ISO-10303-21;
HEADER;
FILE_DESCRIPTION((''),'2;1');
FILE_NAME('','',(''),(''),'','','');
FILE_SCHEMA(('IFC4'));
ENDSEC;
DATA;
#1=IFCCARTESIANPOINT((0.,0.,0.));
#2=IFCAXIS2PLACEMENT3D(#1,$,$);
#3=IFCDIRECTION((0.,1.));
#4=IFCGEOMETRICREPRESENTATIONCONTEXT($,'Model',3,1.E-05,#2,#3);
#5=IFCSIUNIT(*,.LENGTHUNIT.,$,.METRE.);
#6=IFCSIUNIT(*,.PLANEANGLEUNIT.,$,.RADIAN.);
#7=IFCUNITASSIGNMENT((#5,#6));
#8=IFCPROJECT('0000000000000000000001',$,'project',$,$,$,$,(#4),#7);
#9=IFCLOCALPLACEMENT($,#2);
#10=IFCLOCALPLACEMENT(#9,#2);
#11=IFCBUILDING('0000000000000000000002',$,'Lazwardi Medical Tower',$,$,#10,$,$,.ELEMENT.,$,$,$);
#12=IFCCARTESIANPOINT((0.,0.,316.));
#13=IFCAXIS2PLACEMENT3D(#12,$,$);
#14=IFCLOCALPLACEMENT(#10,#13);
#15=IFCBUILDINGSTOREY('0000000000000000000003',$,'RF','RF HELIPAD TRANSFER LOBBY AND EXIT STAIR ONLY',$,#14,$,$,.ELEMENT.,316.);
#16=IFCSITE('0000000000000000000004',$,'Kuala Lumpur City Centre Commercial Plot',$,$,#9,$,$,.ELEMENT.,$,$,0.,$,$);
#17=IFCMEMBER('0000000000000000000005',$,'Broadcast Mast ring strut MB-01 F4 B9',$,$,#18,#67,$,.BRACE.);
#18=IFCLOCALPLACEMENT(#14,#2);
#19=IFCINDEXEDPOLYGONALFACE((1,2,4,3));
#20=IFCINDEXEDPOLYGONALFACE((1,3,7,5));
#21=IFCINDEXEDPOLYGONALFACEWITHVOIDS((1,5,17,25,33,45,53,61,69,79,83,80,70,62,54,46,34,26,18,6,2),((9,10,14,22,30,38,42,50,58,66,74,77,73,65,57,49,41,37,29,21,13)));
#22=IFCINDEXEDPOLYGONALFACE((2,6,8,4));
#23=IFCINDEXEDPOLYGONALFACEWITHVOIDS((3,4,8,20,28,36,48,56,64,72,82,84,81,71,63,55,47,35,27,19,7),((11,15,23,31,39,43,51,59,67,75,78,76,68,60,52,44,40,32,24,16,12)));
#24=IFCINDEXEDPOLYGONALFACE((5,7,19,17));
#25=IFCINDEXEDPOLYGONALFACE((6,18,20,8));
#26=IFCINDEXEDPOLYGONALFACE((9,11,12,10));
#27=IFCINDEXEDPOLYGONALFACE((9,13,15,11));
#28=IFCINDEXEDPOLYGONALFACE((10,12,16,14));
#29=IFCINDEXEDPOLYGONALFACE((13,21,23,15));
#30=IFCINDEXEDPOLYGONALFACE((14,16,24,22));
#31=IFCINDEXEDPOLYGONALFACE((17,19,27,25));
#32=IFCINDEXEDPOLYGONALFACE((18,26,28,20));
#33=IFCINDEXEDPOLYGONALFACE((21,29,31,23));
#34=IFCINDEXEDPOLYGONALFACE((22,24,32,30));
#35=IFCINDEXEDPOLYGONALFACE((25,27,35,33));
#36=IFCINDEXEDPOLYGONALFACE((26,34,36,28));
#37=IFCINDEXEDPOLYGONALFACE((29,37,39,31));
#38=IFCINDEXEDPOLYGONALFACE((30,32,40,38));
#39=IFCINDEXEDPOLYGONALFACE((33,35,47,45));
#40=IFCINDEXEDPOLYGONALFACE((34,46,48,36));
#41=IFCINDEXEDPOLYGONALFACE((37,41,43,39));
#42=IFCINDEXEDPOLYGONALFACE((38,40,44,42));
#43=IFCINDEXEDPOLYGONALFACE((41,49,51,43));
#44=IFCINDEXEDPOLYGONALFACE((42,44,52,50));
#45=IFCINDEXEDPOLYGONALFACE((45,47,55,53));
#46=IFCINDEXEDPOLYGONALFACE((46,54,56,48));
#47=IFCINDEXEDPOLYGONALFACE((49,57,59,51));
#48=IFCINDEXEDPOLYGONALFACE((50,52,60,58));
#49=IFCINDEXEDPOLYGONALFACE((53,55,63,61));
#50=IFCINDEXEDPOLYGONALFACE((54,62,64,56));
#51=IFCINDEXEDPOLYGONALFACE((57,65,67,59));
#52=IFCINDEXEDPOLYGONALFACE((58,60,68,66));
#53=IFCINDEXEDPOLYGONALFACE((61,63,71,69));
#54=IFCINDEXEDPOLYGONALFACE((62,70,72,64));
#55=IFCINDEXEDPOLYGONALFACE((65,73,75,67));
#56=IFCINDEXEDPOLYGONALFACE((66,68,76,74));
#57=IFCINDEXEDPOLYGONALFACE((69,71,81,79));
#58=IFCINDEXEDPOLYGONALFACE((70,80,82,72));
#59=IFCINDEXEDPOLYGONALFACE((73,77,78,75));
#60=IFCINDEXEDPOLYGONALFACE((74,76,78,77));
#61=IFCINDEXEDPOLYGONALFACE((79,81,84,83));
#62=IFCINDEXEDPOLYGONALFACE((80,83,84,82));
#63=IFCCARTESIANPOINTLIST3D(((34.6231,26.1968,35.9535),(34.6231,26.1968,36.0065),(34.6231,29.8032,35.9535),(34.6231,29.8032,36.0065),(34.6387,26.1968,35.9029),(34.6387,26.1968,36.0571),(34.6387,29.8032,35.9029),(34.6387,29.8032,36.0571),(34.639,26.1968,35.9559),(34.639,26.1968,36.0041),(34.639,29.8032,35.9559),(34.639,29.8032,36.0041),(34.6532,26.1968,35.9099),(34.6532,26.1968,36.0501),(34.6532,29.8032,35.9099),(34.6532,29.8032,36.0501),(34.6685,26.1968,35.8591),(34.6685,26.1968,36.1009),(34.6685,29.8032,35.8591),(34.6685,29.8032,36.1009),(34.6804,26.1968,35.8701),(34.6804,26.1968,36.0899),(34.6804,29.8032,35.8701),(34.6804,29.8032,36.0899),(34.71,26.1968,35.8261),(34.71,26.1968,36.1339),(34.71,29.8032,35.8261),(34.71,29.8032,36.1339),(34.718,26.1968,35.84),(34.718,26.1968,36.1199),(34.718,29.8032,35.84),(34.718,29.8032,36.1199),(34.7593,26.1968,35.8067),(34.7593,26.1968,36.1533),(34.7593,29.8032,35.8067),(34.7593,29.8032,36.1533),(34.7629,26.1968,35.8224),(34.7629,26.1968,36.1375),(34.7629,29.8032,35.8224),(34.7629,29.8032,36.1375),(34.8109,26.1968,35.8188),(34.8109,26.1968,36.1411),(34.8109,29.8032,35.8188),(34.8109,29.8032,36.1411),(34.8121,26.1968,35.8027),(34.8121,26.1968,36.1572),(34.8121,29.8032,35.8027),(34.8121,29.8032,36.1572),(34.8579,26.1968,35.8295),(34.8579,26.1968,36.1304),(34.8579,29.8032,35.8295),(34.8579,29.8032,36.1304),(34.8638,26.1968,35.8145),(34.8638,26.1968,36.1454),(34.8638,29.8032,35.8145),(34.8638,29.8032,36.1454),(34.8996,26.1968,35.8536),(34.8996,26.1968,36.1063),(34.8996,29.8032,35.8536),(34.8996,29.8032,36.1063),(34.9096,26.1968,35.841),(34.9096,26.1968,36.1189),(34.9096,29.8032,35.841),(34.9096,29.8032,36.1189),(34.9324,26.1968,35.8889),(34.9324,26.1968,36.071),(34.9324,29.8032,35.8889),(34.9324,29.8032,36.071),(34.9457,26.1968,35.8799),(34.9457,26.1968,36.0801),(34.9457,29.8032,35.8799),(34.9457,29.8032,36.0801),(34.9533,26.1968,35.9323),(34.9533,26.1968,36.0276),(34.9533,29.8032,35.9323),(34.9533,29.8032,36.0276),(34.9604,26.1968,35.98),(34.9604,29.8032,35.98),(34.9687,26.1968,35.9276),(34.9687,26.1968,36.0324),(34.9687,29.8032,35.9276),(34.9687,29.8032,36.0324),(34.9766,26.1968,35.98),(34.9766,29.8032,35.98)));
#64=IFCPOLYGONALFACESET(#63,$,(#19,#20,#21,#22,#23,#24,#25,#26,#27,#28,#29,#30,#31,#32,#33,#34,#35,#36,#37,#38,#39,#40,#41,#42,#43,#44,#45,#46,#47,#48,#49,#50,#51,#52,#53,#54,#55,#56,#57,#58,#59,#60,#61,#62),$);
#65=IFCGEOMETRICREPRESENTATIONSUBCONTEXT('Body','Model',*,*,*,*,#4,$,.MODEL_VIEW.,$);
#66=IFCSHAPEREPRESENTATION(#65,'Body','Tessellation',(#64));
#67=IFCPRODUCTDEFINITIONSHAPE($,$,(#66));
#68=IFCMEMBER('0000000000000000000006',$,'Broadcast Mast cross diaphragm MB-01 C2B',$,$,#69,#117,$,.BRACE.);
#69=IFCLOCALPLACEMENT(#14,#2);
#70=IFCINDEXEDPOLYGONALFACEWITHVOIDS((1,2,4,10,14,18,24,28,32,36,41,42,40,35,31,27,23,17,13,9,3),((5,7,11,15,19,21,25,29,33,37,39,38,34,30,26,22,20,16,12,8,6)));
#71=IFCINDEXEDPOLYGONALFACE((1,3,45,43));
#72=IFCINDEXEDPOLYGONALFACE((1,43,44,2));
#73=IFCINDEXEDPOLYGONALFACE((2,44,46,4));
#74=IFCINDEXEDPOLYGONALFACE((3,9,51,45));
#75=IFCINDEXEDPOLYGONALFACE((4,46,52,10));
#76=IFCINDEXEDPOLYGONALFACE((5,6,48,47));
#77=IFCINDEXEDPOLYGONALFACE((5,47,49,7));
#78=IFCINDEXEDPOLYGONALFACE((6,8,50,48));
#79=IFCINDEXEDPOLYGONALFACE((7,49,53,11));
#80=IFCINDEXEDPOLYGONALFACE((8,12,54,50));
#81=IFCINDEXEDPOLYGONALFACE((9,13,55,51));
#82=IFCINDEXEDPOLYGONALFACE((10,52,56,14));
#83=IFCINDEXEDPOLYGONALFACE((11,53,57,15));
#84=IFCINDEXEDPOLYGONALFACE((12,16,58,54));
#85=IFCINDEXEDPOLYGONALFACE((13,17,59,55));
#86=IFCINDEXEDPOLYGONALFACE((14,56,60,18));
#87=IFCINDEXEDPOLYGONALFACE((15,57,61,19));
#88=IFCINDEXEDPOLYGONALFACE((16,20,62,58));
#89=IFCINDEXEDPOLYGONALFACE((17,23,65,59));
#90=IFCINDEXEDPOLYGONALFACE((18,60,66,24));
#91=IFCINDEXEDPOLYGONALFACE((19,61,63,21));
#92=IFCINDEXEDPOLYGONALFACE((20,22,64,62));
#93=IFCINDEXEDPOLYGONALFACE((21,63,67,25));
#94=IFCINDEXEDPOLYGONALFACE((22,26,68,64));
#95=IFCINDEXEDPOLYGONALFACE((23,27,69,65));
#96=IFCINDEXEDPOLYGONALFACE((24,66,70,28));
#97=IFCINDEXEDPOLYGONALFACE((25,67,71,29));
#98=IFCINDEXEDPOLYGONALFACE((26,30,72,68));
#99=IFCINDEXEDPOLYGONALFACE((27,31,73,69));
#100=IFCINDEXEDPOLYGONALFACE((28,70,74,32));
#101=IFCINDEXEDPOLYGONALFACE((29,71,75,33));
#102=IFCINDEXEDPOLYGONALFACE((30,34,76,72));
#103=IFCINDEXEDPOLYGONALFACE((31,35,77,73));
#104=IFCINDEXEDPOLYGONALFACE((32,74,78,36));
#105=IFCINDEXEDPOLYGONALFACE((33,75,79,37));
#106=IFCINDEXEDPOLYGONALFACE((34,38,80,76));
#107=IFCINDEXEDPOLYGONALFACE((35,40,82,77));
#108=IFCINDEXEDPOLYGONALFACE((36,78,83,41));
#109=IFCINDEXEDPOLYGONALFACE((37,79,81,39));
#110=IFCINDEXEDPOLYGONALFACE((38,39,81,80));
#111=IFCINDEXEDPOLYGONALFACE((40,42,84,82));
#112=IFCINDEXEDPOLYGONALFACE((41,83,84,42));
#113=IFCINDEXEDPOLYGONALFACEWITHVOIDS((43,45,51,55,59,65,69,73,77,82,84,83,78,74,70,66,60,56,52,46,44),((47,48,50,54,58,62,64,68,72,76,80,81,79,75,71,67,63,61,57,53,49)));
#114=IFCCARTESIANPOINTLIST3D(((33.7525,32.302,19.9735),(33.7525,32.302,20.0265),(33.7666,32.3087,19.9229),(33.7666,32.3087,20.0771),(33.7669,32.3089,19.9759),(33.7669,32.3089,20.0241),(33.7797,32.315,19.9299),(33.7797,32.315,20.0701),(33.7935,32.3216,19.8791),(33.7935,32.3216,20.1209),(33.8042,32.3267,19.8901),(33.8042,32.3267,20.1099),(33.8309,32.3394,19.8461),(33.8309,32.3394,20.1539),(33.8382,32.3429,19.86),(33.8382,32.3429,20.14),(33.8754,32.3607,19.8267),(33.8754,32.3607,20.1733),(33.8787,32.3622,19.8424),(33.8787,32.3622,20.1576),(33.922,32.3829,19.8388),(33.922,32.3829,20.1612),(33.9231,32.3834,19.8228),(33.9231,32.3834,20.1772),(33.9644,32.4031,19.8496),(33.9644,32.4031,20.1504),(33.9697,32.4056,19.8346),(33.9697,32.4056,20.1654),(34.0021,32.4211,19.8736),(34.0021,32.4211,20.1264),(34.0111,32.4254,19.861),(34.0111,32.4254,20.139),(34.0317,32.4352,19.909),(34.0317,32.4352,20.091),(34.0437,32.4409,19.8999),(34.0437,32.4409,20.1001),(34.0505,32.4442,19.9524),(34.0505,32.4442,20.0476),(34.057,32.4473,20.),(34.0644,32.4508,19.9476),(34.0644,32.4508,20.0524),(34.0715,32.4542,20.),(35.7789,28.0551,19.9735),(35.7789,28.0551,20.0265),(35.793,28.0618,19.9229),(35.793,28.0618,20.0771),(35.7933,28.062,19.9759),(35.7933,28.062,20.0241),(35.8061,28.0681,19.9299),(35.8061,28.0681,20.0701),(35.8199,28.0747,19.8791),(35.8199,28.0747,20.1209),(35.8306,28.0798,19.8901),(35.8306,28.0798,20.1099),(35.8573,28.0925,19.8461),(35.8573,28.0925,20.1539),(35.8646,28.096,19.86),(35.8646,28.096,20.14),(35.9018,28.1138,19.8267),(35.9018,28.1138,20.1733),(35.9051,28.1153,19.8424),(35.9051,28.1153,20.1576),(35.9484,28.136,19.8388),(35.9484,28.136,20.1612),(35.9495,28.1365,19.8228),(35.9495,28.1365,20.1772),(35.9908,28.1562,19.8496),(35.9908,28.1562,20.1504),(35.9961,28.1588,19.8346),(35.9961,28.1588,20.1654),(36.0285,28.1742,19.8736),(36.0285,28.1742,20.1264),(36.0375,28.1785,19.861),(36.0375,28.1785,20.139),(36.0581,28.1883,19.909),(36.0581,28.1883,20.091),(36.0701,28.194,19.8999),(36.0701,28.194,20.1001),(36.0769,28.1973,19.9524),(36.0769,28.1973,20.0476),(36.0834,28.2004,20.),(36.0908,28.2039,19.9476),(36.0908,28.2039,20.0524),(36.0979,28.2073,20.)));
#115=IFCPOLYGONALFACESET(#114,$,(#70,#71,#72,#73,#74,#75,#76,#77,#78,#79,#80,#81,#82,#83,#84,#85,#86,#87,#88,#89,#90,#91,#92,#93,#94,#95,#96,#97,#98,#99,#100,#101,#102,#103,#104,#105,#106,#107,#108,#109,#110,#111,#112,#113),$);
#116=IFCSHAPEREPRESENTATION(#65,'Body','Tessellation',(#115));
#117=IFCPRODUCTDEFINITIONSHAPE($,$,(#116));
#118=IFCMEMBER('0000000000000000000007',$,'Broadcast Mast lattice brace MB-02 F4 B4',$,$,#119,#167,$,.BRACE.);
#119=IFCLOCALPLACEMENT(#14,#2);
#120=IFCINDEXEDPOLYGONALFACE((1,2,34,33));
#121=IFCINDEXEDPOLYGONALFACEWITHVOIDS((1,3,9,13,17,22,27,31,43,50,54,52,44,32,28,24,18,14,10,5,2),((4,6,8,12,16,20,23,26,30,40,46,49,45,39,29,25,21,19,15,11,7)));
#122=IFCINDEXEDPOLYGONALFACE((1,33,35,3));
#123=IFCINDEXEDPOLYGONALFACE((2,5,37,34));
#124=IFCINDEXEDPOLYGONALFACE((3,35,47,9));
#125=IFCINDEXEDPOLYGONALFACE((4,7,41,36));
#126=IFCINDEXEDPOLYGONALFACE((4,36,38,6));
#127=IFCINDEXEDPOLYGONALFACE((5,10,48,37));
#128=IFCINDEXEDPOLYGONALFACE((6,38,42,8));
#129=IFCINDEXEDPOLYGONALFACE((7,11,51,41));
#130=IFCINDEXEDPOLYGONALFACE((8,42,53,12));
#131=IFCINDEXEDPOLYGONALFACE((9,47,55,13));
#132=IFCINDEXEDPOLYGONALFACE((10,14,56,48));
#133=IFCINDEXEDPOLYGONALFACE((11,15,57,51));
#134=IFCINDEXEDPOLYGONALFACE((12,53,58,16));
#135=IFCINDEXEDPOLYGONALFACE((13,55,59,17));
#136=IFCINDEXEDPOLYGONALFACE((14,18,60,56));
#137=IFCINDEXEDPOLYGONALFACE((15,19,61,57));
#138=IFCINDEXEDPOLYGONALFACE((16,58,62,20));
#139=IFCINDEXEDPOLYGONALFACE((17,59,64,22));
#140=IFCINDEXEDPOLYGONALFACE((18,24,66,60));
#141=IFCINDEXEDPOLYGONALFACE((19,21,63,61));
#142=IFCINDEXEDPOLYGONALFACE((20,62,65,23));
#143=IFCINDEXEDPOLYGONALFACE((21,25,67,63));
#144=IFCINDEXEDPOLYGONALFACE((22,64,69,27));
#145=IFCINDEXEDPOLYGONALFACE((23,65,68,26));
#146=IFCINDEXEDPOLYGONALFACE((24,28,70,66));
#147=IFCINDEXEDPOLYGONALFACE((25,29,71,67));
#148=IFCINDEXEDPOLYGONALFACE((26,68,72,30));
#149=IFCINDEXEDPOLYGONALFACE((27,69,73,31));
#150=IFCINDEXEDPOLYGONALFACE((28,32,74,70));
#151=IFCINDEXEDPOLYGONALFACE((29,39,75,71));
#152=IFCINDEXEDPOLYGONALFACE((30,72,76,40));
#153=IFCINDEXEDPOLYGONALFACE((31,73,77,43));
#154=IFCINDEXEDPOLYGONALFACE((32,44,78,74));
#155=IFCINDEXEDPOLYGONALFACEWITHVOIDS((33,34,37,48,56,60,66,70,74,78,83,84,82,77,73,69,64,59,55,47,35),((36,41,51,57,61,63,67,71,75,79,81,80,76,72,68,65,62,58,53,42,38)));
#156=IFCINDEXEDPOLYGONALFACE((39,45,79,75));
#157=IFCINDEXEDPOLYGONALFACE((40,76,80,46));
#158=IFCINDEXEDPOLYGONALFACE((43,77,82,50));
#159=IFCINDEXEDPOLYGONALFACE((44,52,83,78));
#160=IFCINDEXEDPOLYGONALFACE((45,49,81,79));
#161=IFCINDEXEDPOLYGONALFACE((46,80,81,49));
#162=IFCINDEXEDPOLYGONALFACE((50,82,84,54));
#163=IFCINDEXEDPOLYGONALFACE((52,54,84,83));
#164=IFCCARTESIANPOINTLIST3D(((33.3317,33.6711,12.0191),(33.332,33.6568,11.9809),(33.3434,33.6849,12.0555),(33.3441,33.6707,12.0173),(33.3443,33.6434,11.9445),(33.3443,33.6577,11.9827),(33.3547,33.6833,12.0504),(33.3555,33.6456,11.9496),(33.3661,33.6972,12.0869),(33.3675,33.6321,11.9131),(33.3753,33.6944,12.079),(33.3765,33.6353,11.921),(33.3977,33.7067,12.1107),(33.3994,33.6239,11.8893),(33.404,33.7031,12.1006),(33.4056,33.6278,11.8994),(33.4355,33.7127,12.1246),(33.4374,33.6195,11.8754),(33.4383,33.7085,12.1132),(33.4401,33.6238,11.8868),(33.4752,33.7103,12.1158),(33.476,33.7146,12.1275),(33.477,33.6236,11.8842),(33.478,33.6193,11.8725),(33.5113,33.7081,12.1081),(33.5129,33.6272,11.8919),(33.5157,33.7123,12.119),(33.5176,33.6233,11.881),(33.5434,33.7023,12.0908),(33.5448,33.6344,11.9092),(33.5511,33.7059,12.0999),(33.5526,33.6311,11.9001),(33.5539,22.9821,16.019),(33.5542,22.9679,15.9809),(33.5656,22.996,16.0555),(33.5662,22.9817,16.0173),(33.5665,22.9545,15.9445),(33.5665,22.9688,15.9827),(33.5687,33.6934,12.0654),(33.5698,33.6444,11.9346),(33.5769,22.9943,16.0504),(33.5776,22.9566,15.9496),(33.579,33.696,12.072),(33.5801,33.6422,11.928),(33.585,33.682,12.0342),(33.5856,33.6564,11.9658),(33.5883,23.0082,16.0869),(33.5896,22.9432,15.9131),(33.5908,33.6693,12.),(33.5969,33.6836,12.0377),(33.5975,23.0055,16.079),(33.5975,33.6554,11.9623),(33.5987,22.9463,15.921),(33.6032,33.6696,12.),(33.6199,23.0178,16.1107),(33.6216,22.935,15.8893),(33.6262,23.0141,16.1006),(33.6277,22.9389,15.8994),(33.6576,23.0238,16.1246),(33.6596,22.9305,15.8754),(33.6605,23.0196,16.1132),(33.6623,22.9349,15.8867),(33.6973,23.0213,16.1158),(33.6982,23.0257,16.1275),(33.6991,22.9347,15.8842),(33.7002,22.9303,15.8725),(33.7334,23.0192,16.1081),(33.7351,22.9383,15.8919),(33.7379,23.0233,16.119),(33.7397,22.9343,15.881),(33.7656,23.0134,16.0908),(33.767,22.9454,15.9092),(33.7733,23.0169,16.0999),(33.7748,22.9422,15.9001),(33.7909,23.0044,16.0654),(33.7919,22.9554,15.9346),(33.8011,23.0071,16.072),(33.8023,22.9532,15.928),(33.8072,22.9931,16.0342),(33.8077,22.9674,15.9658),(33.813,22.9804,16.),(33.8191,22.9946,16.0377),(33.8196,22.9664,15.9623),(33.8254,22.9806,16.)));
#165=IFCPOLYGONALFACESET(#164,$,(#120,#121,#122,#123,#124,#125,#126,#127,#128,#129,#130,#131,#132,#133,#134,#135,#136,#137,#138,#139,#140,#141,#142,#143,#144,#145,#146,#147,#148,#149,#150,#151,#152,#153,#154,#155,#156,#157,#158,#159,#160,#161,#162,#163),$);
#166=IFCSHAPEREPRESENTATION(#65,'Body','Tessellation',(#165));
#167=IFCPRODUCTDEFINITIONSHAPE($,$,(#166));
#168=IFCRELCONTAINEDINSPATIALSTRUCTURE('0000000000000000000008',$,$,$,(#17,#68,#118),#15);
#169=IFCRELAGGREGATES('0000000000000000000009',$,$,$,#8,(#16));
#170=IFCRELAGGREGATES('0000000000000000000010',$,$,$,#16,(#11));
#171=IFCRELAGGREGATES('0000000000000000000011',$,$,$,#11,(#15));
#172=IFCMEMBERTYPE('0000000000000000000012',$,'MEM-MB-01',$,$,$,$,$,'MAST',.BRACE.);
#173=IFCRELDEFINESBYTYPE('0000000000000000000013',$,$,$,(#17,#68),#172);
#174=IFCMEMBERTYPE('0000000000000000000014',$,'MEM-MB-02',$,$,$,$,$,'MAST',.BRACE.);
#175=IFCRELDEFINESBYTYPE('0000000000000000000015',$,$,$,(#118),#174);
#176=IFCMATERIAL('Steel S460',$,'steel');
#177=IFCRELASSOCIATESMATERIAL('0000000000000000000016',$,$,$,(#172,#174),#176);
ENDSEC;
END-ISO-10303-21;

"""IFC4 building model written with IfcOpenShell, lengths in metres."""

from ifc_helpers import new_model, si_unit, direction, frame, origin, origin_2d, place, context, subcontext, project, spatial, hollow_circle, extrude, material, material_profile, profile_set, type_object, element, save


model = new_model("IFC4")

# Units and contexts
model_context = context("Model", 3, precision=1e-05, world=origin(), true_north=direction((0.0, 1.0)))
body_context = subcontext(model_context, "Body", "Model", "MODEL_VIEW")
ifc_project = project(units=[si_unit("LENGTHUNIT", "METRE"), si_unit("PLANEANGLEUNIT", "RADIAN")], contexts=[model_context])

# Site, building, storey
site_placement = place(None, origin())
site = spatial("IfcSite", under=ifc_project, at=site_placement, Name="Kuala Lumpur City Centre Commercial Plot", CompositionType="ELEMENT", RefElevation=0.0)
building_placement = place(site_placement, origin())
building = spatial("IfcBuilding", under=site, at=building_placement, Name="Lazwardi Medical Tower", CompositionType="ELEMENT")
storey_placement = place(building_placement, frame((0.0, 0.0, 316.0)))
storey = spatial("IfcBuildingStorey", under=building, at=storey_placement, Name="RF", Description="RF HELIPAD TRANSFER LOBBY AND EXIT STAIR ONLY", CompositionType="ELEMENT", Elevation=316.0)

# Members
ifc_material = material(Name="Steel S460", Category="steel")
ifc_material_profile_1 = material_profile(ifc_material, hollow_circle(Radius=0.1777, WallThickness=0.0161, at=origin_2d()), Name="CHS 355.6x16")
ifc_profile_set_1 = profile_set([ifc_material_profile_1], Name="Steel S460")
member_type_1 = type_object("IfcMemberType", Name="MEM-MB-01", ElementType="MAST", PredefinedType="BRACE", material=ifc_profile_set_1)
member_1_placement = place(storey_placement, frame((34.7988, 29.8032, 35.98), z_axis=(0.0, -1.0, 0.0), x_axis=(1.0, 0.0, 0.0)))
element("IfcMember", 1, at=member_1_placement, inside=storey, type_object=member_type_1, Name="Broadcast Mast ring strut MB-01 F4 B9", PredefinedType="BRACE", context=body_context, shape_type="SweptSolid", body=[
    extrude(hollow_circle(Radius=0.1777, WallThickness=0.0161, at=origin_2d()), origin(), (0.0, 0.0, 1.0), 3.6064),
])
member_2_placement = place(storey_placement, frame((33.9111, 32.3777, 20.0), z_axis=(0.430638, -0.902525, 0.0), x_axis=(0.902525, 0.430638, 0.0)))
element("IfcMember", 2, at=member_2_placement, inside=storey, type_object=member_type_1, Name="Broadcast Mast cross diaphragm MB-01 C2B", PredefinedType="BRACE", context=body_context, shape_type="SweptSolid", body=[
    extrude(hollow_circle(Radius=0.1777, WallThickness=0.0161, at=origin_2d()), origin(), (0.0, 0.0, 1.0), 4.7056),
])
ifc_material_profile_2 = material_profile(ifc_material, hollow_circle(Radius=0.1365, WallThickness=0.0125, at=origin_2d()), Name="CHS 273x12.5")
ifc_profile_set_2 = profile_set([ifc_material_profile_2], Name="Steel S460")
member_type_2 = type_object("IfcMemberType", Name="MEM-MB-02", ElementType="MAST", PredefinedType="BRACE", material=ifc_profile_set_2)
member_3_placement = place(storey_placement, frame((33.4668, 33.6667, 12.0), z_axis=(0.019463, -0.936392, 0.350415), x_axis=(0.999784, 0.02078, 0.0)))
element("IfcMember", 3, at=member_3_placement, inside=storey, type_object=member_type_2, Name="Broadcast Mast lattice brace MB-02 F4 B4", PredefinedType="BRACE", context=body_context, shape_type="SweptSolid", body=[
    extrude(hollow_circle(Radius=0.1365, WallThickness=0.0125, at=origin_2d()), origin(), (0.0, 0.0, 1.0), 11.415),
])

save(model, "model.ifc")
